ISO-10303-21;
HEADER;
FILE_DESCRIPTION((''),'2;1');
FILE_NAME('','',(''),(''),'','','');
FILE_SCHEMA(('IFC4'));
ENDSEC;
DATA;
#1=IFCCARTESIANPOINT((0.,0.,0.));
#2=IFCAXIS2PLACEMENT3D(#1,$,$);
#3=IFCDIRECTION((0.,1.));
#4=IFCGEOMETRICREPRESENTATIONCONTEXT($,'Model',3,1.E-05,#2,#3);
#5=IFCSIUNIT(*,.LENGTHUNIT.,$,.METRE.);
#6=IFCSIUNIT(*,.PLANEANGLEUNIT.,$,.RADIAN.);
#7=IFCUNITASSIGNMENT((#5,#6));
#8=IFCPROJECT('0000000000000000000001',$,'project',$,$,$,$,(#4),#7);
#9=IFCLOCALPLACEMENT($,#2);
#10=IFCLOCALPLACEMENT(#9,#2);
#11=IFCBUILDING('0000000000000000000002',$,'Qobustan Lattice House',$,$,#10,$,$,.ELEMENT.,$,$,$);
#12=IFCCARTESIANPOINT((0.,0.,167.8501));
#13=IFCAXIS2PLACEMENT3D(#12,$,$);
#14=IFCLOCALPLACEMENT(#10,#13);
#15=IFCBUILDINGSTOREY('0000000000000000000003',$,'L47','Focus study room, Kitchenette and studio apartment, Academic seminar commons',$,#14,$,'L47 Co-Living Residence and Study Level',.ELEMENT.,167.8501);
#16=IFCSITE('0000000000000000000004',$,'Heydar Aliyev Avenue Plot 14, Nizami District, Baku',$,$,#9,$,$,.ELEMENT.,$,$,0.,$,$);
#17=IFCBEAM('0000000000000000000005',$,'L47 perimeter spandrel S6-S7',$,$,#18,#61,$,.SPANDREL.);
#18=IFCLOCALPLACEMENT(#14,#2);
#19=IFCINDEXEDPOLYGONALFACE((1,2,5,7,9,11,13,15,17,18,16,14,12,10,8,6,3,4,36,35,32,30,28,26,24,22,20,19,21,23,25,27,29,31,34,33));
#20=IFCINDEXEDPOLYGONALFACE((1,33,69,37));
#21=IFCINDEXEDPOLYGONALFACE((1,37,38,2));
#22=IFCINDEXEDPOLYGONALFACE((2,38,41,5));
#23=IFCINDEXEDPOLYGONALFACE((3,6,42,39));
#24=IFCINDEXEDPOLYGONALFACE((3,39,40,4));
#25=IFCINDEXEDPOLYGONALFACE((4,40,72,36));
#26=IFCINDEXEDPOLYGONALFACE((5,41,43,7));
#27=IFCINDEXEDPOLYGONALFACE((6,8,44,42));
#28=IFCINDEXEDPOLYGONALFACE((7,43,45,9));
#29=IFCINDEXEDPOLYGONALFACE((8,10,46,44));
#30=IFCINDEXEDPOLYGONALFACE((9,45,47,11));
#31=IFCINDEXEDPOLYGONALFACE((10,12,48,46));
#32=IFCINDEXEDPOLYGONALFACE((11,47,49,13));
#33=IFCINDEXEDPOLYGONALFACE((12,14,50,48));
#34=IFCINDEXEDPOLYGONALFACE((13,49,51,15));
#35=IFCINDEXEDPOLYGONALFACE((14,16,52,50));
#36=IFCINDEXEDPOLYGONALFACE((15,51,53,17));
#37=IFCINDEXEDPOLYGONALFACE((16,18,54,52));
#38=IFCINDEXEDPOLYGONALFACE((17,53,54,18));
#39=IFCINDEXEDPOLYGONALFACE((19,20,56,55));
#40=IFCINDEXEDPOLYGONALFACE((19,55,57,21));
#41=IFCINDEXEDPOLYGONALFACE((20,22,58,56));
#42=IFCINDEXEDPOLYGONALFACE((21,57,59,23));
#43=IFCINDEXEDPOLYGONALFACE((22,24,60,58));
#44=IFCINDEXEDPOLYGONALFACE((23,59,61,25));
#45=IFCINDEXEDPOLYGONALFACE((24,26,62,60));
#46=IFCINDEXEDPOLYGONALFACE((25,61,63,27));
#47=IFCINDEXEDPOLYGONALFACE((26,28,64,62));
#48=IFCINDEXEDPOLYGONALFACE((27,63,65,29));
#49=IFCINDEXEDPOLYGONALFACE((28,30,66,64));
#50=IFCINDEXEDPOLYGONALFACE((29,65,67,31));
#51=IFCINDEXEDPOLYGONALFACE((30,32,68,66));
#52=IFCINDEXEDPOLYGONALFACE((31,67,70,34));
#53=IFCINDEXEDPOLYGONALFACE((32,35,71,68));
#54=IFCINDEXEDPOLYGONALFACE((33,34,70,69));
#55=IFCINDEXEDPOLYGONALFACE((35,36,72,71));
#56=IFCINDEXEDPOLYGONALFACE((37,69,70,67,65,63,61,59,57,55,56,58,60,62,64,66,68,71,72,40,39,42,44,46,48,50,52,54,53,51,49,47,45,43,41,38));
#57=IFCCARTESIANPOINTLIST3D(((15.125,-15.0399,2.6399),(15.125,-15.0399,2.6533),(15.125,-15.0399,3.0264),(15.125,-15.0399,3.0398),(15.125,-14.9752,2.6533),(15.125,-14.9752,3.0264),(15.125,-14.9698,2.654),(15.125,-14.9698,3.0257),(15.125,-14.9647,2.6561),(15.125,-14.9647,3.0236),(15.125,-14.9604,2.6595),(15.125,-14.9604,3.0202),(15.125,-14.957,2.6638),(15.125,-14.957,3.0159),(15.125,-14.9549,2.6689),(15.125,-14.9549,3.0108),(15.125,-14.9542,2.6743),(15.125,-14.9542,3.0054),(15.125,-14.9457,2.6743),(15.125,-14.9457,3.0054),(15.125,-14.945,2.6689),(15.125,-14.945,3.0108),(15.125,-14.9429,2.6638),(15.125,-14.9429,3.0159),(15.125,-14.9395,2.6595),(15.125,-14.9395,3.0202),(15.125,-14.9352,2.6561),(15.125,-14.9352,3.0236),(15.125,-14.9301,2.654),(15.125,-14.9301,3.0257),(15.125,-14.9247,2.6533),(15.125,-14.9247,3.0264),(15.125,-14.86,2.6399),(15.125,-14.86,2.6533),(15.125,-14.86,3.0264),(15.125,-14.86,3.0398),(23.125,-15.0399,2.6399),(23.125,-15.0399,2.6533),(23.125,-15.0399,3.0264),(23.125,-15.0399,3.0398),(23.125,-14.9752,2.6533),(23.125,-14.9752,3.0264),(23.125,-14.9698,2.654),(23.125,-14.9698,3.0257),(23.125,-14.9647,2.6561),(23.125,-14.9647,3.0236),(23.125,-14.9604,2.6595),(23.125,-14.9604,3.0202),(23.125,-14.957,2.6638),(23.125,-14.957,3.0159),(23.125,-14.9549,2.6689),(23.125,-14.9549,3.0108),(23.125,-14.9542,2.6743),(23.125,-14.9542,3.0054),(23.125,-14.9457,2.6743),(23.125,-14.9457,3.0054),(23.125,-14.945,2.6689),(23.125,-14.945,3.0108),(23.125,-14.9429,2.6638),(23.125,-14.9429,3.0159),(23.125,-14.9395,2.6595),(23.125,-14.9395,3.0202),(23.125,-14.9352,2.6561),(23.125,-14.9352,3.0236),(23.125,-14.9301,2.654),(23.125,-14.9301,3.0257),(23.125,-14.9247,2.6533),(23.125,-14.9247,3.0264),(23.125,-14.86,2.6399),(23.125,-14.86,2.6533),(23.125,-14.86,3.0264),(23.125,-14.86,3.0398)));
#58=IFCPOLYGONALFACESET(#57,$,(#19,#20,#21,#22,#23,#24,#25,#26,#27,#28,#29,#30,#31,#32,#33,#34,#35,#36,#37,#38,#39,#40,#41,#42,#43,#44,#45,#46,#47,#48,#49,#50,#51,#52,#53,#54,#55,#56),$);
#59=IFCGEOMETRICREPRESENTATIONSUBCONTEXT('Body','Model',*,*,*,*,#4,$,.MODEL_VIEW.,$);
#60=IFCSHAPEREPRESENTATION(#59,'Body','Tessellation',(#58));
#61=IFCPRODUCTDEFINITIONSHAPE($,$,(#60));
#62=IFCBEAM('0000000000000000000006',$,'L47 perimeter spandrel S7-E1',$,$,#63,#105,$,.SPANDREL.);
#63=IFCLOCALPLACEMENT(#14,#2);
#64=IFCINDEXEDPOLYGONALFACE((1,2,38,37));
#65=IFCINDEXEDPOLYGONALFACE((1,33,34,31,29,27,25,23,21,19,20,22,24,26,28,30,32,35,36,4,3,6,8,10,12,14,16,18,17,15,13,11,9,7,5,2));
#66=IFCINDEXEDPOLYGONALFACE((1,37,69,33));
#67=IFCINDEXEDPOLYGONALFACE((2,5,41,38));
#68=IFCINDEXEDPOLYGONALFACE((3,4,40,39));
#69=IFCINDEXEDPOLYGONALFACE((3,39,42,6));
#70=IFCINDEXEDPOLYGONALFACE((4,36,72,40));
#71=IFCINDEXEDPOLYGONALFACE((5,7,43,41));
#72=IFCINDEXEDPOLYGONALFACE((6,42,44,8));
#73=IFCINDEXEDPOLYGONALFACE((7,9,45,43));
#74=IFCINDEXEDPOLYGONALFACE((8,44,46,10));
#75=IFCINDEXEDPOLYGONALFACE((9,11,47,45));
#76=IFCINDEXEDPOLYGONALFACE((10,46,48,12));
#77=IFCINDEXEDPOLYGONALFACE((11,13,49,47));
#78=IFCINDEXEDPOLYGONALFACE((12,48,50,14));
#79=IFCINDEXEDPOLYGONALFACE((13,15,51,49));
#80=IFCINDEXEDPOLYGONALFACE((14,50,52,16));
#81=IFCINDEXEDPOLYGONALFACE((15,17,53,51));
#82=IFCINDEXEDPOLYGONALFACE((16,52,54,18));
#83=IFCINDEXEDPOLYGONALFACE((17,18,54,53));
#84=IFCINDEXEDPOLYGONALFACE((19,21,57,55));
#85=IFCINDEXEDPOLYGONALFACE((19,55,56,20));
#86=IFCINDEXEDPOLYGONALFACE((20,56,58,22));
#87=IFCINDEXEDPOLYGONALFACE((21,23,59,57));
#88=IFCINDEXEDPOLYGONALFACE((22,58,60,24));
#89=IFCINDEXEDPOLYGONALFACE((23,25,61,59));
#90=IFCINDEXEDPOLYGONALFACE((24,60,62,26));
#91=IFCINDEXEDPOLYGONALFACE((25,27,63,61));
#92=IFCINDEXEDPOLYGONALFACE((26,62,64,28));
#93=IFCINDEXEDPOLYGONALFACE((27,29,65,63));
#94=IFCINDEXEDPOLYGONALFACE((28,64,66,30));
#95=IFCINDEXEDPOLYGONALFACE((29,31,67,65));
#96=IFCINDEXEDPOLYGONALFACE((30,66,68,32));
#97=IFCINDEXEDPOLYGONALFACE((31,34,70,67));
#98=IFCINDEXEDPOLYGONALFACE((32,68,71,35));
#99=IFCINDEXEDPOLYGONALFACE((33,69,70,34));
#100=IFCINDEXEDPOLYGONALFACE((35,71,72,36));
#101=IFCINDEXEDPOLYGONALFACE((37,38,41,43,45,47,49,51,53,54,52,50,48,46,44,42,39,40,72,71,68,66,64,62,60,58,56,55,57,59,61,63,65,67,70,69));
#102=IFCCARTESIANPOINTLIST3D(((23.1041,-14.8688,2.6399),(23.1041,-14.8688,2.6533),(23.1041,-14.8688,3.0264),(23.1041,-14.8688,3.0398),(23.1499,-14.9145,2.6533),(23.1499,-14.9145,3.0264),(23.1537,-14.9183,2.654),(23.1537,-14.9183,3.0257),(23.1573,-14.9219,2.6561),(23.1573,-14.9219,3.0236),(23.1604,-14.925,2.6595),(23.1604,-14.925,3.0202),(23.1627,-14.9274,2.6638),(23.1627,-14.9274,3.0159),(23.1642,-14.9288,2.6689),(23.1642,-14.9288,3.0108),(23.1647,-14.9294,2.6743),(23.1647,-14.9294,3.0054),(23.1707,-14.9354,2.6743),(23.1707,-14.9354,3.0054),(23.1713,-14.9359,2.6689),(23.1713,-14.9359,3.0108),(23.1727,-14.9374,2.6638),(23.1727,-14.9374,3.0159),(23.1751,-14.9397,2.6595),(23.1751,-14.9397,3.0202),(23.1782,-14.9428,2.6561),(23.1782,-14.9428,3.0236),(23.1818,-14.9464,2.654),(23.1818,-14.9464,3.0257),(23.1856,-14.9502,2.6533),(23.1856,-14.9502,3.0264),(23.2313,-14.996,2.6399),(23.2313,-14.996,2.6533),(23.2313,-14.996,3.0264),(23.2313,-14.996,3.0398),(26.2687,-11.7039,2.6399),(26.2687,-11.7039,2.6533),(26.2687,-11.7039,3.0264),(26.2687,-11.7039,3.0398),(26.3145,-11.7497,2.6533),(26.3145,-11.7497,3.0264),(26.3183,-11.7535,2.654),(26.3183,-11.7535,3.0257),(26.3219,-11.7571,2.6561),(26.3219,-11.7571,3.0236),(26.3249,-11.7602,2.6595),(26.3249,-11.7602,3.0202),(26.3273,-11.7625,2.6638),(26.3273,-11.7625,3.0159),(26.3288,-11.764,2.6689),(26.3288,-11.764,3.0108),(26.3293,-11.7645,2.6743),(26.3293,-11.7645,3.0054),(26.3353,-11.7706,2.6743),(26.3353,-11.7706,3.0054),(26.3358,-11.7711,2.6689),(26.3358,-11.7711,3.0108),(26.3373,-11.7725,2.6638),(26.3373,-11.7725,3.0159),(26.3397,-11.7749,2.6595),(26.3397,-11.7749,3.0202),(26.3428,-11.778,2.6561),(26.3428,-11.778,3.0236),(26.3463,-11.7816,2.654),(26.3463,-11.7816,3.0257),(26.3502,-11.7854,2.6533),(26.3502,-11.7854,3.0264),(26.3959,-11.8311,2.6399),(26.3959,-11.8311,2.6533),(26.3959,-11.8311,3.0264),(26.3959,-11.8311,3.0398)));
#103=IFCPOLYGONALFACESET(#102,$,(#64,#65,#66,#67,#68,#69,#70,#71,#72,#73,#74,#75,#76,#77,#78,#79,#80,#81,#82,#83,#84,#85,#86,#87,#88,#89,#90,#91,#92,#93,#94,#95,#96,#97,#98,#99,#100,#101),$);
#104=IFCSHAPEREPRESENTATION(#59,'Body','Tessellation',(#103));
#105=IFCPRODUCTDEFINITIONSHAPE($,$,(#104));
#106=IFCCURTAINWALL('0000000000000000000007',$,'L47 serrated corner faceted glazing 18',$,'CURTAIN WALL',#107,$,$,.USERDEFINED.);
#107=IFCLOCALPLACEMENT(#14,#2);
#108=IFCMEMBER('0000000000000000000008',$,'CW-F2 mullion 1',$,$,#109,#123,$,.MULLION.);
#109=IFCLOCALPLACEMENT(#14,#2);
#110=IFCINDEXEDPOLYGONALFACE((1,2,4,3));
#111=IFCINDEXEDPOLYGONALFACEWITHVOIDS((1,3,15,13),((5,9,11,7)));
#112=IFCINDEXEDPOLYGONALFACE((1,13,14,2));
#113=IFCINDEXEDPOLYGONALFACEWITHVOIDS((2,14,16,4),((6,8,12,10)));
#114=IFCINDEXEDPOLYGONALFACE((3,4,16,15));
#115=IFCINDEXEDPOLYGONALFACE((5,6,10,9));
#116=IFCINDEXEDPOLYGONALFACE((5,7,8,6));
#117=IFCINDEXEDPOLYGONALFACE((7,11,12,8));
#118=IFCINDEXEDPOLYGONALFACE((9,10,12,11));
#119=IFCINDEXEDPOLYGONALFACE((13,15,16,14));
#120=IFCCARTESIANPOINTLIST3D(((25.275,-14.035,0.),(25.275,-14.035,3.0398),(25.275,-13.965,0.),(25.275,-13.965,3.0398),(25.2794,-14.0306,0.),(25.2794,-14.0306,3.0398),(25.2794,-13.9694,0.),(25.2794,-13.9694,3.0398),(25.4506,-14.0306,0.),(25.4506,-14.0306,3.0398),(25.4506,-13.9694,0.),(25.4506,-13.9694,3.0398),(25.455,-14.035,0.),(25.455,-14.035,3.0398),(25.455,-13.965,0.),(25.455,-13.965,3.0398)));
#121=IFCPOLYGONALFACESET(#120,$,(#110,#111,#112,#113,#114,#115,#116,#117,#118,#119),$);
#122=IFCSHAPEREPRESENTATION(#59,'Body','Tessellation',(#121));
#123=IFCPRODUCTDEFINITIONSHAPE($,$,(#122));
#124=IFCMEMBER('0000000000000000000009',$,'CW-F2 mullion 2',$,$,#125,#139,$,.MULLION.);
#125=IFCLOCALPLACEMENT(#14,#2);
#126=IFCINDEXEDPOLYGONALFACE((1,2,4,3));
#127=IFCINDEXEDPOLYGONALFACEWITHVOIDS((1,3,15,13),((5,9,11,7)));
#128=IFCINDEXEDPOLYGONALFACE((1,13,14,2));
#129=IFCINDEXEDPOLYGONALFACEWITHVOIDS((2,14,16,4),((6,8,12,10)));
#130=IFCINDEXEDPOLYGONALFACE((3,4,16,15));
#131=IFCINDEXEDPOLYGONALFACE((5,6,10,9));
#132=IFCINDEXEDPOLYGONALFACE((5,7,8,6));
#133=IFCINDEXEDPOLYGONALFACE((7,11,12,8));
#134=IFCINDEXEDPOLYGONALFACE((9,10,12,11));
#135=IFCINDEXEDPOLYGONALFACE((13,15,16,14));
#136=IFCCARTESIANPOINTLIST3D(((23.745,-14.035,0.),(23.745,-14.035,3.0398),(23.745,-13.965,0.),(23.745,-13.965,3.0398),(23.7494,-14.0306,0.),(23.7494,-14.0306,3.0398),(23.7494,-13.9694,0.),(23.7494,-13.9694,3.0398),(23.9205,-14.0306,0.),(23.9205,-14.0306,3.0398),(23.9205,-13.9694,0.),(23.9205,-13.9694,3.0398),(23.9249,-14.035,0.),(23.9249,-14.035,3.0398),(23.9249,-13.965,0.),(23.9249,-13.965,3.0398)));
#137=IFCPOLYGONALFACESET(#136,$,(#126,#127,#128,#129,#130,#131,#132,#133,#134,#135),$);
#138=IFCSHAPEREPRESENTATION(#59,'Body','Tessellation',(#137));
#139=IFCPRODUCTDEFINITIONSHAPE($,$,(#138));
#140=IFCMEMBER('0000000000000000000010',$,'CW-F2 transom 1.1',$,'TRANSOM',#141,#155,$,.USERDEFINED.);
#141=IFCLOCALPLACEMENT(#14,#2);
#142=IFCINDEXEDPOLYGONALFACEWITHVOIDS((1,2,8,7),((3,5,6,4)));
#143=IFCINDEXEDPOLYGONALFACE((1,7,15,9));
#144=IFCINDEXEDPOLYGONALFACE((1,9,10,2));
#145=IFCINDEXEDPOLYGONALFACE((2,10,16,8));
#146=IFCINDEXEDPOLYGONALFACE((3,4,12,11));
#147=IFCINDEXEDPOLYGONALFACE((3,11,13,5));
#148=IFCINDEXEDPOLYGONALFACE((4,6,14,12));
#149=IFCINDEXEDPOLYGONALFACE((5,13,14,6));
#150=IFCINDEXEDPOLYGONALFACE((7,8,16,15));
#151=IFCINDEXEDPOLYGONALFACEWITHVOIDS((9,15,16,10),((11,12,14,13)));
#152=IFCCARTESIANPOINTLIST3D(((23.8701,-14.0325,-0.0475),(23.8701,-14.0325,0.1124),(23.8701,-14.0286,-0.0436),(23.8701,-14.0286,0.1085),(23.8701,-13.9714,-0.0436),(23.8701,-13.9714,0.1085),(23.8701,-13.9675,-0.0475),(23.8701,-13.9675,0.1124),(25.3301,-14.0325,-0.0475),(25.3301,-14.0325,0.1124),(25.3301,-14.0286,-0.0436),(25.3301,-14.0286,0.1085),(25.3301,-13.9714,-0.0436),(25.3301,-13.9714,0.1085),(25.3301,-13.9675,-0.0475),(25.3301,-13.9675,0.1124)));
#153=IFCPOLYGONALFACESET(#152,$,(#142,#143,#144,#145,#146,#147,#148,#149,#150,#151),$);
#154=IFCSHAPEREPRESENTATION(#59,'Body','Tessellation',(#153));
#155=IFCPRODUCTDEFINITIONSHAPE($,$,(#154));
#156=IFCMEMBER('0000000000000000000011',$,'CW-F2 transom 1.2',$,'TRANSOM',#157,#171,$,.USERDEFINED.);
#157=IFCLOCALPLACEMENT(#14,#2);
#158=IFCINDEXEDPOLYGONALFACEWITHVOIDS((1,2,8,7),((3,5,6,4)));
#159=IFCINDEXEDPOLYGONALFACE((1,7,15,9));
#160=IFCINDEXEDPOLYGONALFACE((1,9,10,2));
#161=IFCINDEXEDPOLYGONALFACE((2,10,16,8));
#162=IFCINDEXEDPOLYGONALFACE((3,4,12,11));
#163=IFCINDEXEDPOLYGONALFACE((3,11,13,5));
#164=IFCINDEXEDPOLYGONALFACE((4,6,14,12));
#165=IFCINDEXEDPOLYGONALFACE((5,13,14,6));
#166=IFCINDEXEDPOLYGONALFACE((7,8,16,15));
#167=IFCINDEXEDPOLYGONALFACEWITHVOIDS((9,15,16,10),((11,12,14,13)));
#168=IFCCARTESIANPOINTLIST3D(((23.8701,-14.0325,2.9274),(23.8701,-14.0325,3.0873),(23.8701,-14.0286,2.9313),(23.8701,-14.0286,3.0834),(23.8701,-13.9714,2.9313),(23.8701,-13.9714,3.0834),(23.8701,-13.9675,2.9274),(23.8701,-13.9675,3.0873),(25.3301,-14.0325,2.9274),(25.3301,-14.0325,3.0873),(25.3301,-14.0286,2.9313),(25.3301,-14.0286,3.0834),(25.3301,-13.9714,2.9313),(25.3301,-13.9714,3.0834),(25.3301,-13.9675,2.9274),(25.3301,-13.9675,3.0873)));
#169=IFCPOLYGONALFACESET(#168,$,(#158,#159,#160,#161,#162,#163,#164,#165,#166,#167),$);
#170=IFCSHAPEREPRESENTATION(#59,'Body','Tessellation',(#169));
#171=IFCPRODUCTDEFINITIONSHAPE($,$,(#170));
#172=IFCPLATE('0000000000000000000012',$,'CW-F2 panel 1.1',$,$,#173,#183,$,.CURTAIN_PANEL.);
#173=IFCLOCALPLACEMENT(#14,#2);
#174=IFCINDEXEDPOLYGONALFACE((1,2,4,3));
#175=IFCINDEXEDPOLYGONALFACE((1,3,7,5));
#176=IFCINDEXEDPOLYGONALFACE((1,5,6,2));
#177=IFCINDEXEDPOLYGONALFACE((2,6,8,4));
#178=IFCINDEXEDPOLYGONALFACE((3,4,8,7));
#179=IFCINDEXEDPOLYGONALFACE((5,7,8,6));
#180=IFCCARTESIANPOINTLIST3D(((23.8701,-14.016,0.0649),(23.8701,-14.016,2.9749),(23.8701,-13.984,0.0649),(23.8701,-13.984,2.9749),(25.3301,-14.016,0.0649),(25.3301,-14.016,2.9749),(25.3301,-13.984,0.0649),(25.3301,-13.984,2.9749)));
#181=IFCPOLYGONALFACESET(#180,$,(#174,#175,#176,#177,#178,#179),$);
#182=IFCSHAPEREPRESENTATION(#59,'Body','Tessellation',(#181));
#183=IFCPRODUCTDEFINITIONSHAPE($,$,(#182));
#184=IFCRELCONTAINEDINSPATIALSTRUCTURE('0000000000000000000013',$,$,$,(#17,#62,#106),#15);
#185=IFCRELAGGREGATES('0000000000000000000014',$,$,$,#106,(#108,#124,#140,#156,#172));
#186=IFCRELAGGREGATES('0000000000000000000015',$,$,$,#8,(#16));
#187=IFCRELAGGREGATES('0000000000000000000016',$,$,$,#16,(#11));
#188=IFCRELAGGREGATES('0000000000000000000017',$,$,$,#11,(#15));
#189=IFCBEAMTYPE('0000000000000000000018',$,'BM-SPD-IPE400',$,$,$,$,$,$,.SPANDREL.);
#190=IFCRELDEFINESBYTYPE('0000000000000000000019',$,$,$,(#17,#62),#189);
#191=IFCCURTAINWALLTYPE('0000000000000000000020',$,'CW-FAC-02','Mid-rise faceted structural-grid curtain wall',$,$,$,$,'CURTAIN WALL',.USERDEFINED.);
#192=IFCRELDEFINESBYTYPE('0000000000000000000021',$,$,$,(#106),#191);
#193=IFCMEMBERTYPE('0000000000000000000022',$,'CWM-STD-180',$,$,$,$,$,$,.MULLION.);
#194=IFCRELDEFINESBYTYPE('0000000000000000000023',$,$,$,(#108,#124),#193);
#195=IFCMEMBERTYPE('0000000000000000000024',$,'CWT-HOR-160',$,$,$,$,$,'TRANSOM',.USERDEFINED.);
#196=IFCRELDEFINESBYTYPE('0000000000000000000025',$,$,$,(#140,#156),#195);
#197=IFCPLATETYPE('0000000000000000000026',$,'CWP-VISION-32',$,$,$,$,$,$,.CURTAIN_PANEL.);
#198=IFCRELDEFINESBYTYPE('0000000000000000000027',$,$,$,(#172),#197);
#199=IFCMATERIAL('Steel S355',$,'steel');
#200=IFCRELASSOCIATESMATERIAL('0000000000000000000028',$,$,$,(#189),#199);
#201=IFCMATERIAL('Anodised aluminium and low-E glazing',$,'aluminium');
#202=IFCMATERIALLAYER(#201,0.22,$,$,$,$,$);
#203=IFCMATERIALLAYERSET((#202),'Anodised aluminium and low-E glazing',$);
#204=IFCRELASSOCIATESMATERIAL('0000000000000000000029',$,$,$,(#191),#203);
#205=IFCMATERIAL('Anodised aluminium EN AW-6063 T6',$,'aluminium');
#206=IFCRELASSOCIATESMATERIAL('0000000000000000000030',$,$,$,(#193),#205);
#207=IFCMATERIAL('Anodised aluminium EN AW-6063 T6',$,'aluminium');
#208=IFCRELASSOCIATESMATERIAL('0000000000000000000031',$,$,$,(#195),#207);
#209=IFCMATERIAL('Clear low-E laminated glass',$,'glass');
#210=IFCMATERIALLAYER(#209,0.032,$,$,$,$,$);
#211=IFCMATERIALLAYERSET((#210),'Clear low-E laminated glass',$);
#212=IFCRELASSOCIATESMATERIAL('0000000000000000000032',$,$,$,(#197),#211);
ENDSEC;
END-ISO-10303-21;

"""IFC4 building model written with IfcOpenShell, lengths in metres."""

from ifc_helpers import new_model, si_unit, direction, frame, origin, origin_2d, place, context, subcontext, project, spatial, rectangle, hollow_rectangle, i_section, extrude, material, layer, layer_set, material_profile, profile_set, type_object, element, aggregate, save


model = new_model("IFC4")

# Units and contexts
model_context = context("Model", 3, precision=1e-05, world=origin(), true_north=direction((0.0, 1.0)))
body_context = subcontext(model_context, "Body", "Model", "MODEL_VIEW")
ifc_project = project(units=[si_unit("LENGTHUNIT", "METRE"), si_unit("PLANEANGLEUNIT", "RADIAN")], contexts=[model_context])

# Site, building, storey
site_placement = place(None, origin())
site = spatial("IfcSite", under=ifc_project, at=site_placement, Name="Heydar Aliyev Avenue Plot 14, Nizami District, Baku", CompositionType="ELEMENT", RefElevation=0.0)
building_placement = place(site_placement, origin())
building = spatial("IfcBuilding", under=site, at=building_placement, Name="Qobustan Lattice House", CompositionType="ELEMENT")
storey_placement = place(building_placement, frame((0.0, 0.0, 167.8501)))
storey = spatial("IfcBuildingStorey", under=building, at=storey_placement, Name="L47", Description="Focus study room, Kitchenette and studio apartment, Academic seminar commons", LongName="L47 Co-Living Residence and Study Level", CompositionType="ELEMENT", Elevation=167.8501)

# Beams
ifc_material_1 = material(Name="Steel S355", Category="steel")
ifc_material_profile_1 = material_profile(ifc_material_1, i_section(OverallWidth=0.1799, OverallDepth=0.3999, WebThickness=0.0085, FlangeThickness=0.0134, FilletRadius=0.021, at=origin_2d()), Name="IPE400")
ifc_profile_set_1 = profile_set([ifc_material_profile_1], Name="Steel S355")
beam_type_1 = type_object("IfcBeamType", Name="BM-SPD-IPE400", PredefinedType="SPANDREL", material=ifc_profile_set_1)
beam_1_placement = place(storey_placement, frame((15.125, -14.95, 2.8398), z_axis=(1.0, 0.0, 0.0), x_axis=(0.0, 1.0, 0.0)))
element("IfcBeam", 1, at=beam_1_placement, inside=storey, type_object=beam_type_1, Name="L47 perimeter spandrel S6-S7", PredefinedType="SPANDREL", context=body_context, shape_type="SweptSolid", body=[
    extrude(i_section(OverallWidth=0.1799, OverallDepth=0.3999, WebThickness=0.0085, FlangeThickness=0.0134, FilletRadius=0.021, at=origin_2d()), origin(), (0.0, 0.0, 1.0), 8.0),
])
beam_2_placement = place(storey_placement, frame((23.1677, -14.9324, 2.8398), z_axis=(0.70708, 0.707134, 0.0), x_axis=(-0.707134, 0.70708, 0.0)))
element("IfcBeam", 2, at=beam_2_placement, inside=storey, type_object=beam_type_1, Name="L47 perimeter spandrel S7-E1", PredefinedType="SPANDREL", context=body_context, shape_type="SweptSolid", body=[
    extrude(i_section(OverallWidth=0.1799, OverallDepth=0.3999, WebThickness=0.0085, FlangeThickness=0.0134, FilletRadius=0.021, at=origin_2d()), origin(), (0.0, 0.0, 1.0), 4.4756),
])

# Curtain wall, members, plate
ifc_material_2 = material(Name="Anodised aluminium and low-E glazing", Category="aluminium")
ifc_layer_1 = layer(ifc_material_2, 0.22)
ifc_layer_set_1 = layer_set([ifc_layer_1], Name="Anodised aluminium and low-E glazing")
curtain_wall_type = type_object("IfcCurtainWallType", Name="CW-FAC-02", Description="Mid-rise faceted structural-grid curtain wall", ElementType="CURTAIN WALL", PredefinedType="USERDEFINED", material=ifc_layer_set_1)
curtain_wall_placement = place(storey_placement, origin())
curtain_wall = element("IfcCurtainWall", 3, at=curtain_wall_placement, inside=storey, type_object=curtain_wall_type, Name="L47 serrated corner faceted glazing 18", ObjectType="CURTAIN WALL", PredefinedType="USERDEFINED")
ifc_material_3 = material(Name="Anodised aluminium EN AW-6063 T6", Category="aluminium")
ifc_material_profile_2 = material_profile(ifc_material_3, hollow_rectangle(XDim=0.0701, YDim=0.1799, WallThickness=0.0044, at=origin_2d()), Name="CWM-180x70")
ifc_profile_set_2 = profile_set([ifc_material_profile_2], Name="Anodised aluminium EN AW-6063 T6")
member_type_1 = type_object("IfcMemberType", Name="CWM-STD-180", PredefinedType="MULLION", material=ifc_profile_set_2)
member_1_placement = place(storey_placement, frame((25.365, -14.0, 0.0), z_axis=(0.0, 0.0, 1.0), x_axis=(0.0, -1.0, 0.0)))
member_1 = element("IfcMember", 4, at=member_1_placement, type_object=member_type_1, Name="CW-F2 mullion 1", PredefinedType="MULLION", context=body_context, shape_type="SweptSolid", body=[
    extrude(hollow_rectangle(XDim=0.0701, YDim=0.1799, WallThickness=0.0044, at=origin_2d()), origin(), (0.0, 0.0, 1.0), 3.0398),
])
member_2_placement = place(storey_placement, frame((23.835, -14.0, 0.0), z_axis=(0.0, 0.0, 1.0), x_axis=(0.0, -1.0, 0.0)))
member_2 = element("IfcMember", 5, at=member_2_placement, type_object=member_type_1, Name="CW-F2 mullion 2", PredefinedType="MULLION", context=body_context, shape_type="SweptSolid", body=[
    extrude(hollow_rectangle(XDim=0.0701, YDim=0.1799, WallThickness=0.0044, at=origin_2d()), origin(), (0.0, 0.0, 1.0), 3.0398),
])
ifc_material_4 = material(Name="Anodised aluminium EN AW-6063 T6", Category="aluminium")
ifc_material_profile_3 = material_profile(ifc_material_4, hollow_rectangle(XDim=0.0649, YDim=0.1599, WallThickness=0.0039, at=origin_2d()), Name="CWT-160x65")
ifc_profile_set_3 = profile_set([ifc_material_profile_3], Name="Anodised aluminium EN AW-6063 T6")
member_type_2 = type_object("IfcMemberType", Name="CWT-HOR-160", ElementType="TRANSOM", PredefinedType="USERDEFINED", material=ifc_profile_set_3)
member_3_placement = place(storey_placement, frame((25.3301, -14.0, 0.0325), z_axis=(-1.0, 0.0, 0.0), x_axis=(0.0, -1.0, 0.0)))
member_3 = element("IfcMember", 6, at=member_3_placement, type_object=member_type_2, Name="CW-F2 transom 1.1", ObjectType="TRANSOM", PredefinedType="USERDEFINED", context=body_context, shape_type="SweptSolid", body=[
    extrude(hollow_rectangle(XDim=0.0649, YDim=0.1599, WallThickness=0.0039, at=origin_2d()), origin(), (0.0, 0.0, 1.0), 1.46),
])
member_4_placement = place(storey_placement, frame((25.3301, -14.0, 3.0073), z_axis=(-1.0, 0.0, 0.0), x_axis=(0.0, -1.0, 0.0)))
member_4 = element("IfcMember", 7, at=member_4_placement, type_object=member_type_2, Name="CW-F2 transom 1.2", ObjectType="TRANSOM", PredefinedType="USERDEFINED", context=body_context, shape_type="SweptSolid", body=[
    extrude(hollow_rectangle(XDim=0.0649, YDim=0.1599, WallThickness=0.0039, at=origin_2d()), origin(), (0.0, 0.0, 1.0), 1.46),
])
ifc_material_5 = material(Name="Clear low-E laminated glass", Category="glass")
ifc_layer_2 = layer(ifc_material_5, 0.032)
ifc_layer_set_2 = layer_set([ifc_layer_2], Name="Clear low-E laminated glass")
plate_type_1 = type_object("IfcPlateType", Name="CWP-VISION-32", PredefinedType="CURTAIN_PANEL", material=ifc_layer_set_2)
plate_1_placement = place(storey_placement, frame((24.6001, -14.0, 0.0649), z_axis=(0.0, 0.0, 1.0), x_axis=(-1.0, 0.0, 0.0)))
plate_1 = element("IfcPlate", 8, at=plate_1_placement, type_object=plate_type_1, Name="CW-F2 panel 1.1", PredefinedType="CURTAIN_PANEL", context=body_context, shape_type="SweptSolid", body=[
    extrude(rectangle(XDim=1.46, YDim=0.032, at=origin_2d()), origin(), (0.0, 0.0, 1.0), 2.9099),
])
aggregate(curtain_wall, [member_1, member_2, member_3, member_4, plate_1])

save(model, "model.ifc")
